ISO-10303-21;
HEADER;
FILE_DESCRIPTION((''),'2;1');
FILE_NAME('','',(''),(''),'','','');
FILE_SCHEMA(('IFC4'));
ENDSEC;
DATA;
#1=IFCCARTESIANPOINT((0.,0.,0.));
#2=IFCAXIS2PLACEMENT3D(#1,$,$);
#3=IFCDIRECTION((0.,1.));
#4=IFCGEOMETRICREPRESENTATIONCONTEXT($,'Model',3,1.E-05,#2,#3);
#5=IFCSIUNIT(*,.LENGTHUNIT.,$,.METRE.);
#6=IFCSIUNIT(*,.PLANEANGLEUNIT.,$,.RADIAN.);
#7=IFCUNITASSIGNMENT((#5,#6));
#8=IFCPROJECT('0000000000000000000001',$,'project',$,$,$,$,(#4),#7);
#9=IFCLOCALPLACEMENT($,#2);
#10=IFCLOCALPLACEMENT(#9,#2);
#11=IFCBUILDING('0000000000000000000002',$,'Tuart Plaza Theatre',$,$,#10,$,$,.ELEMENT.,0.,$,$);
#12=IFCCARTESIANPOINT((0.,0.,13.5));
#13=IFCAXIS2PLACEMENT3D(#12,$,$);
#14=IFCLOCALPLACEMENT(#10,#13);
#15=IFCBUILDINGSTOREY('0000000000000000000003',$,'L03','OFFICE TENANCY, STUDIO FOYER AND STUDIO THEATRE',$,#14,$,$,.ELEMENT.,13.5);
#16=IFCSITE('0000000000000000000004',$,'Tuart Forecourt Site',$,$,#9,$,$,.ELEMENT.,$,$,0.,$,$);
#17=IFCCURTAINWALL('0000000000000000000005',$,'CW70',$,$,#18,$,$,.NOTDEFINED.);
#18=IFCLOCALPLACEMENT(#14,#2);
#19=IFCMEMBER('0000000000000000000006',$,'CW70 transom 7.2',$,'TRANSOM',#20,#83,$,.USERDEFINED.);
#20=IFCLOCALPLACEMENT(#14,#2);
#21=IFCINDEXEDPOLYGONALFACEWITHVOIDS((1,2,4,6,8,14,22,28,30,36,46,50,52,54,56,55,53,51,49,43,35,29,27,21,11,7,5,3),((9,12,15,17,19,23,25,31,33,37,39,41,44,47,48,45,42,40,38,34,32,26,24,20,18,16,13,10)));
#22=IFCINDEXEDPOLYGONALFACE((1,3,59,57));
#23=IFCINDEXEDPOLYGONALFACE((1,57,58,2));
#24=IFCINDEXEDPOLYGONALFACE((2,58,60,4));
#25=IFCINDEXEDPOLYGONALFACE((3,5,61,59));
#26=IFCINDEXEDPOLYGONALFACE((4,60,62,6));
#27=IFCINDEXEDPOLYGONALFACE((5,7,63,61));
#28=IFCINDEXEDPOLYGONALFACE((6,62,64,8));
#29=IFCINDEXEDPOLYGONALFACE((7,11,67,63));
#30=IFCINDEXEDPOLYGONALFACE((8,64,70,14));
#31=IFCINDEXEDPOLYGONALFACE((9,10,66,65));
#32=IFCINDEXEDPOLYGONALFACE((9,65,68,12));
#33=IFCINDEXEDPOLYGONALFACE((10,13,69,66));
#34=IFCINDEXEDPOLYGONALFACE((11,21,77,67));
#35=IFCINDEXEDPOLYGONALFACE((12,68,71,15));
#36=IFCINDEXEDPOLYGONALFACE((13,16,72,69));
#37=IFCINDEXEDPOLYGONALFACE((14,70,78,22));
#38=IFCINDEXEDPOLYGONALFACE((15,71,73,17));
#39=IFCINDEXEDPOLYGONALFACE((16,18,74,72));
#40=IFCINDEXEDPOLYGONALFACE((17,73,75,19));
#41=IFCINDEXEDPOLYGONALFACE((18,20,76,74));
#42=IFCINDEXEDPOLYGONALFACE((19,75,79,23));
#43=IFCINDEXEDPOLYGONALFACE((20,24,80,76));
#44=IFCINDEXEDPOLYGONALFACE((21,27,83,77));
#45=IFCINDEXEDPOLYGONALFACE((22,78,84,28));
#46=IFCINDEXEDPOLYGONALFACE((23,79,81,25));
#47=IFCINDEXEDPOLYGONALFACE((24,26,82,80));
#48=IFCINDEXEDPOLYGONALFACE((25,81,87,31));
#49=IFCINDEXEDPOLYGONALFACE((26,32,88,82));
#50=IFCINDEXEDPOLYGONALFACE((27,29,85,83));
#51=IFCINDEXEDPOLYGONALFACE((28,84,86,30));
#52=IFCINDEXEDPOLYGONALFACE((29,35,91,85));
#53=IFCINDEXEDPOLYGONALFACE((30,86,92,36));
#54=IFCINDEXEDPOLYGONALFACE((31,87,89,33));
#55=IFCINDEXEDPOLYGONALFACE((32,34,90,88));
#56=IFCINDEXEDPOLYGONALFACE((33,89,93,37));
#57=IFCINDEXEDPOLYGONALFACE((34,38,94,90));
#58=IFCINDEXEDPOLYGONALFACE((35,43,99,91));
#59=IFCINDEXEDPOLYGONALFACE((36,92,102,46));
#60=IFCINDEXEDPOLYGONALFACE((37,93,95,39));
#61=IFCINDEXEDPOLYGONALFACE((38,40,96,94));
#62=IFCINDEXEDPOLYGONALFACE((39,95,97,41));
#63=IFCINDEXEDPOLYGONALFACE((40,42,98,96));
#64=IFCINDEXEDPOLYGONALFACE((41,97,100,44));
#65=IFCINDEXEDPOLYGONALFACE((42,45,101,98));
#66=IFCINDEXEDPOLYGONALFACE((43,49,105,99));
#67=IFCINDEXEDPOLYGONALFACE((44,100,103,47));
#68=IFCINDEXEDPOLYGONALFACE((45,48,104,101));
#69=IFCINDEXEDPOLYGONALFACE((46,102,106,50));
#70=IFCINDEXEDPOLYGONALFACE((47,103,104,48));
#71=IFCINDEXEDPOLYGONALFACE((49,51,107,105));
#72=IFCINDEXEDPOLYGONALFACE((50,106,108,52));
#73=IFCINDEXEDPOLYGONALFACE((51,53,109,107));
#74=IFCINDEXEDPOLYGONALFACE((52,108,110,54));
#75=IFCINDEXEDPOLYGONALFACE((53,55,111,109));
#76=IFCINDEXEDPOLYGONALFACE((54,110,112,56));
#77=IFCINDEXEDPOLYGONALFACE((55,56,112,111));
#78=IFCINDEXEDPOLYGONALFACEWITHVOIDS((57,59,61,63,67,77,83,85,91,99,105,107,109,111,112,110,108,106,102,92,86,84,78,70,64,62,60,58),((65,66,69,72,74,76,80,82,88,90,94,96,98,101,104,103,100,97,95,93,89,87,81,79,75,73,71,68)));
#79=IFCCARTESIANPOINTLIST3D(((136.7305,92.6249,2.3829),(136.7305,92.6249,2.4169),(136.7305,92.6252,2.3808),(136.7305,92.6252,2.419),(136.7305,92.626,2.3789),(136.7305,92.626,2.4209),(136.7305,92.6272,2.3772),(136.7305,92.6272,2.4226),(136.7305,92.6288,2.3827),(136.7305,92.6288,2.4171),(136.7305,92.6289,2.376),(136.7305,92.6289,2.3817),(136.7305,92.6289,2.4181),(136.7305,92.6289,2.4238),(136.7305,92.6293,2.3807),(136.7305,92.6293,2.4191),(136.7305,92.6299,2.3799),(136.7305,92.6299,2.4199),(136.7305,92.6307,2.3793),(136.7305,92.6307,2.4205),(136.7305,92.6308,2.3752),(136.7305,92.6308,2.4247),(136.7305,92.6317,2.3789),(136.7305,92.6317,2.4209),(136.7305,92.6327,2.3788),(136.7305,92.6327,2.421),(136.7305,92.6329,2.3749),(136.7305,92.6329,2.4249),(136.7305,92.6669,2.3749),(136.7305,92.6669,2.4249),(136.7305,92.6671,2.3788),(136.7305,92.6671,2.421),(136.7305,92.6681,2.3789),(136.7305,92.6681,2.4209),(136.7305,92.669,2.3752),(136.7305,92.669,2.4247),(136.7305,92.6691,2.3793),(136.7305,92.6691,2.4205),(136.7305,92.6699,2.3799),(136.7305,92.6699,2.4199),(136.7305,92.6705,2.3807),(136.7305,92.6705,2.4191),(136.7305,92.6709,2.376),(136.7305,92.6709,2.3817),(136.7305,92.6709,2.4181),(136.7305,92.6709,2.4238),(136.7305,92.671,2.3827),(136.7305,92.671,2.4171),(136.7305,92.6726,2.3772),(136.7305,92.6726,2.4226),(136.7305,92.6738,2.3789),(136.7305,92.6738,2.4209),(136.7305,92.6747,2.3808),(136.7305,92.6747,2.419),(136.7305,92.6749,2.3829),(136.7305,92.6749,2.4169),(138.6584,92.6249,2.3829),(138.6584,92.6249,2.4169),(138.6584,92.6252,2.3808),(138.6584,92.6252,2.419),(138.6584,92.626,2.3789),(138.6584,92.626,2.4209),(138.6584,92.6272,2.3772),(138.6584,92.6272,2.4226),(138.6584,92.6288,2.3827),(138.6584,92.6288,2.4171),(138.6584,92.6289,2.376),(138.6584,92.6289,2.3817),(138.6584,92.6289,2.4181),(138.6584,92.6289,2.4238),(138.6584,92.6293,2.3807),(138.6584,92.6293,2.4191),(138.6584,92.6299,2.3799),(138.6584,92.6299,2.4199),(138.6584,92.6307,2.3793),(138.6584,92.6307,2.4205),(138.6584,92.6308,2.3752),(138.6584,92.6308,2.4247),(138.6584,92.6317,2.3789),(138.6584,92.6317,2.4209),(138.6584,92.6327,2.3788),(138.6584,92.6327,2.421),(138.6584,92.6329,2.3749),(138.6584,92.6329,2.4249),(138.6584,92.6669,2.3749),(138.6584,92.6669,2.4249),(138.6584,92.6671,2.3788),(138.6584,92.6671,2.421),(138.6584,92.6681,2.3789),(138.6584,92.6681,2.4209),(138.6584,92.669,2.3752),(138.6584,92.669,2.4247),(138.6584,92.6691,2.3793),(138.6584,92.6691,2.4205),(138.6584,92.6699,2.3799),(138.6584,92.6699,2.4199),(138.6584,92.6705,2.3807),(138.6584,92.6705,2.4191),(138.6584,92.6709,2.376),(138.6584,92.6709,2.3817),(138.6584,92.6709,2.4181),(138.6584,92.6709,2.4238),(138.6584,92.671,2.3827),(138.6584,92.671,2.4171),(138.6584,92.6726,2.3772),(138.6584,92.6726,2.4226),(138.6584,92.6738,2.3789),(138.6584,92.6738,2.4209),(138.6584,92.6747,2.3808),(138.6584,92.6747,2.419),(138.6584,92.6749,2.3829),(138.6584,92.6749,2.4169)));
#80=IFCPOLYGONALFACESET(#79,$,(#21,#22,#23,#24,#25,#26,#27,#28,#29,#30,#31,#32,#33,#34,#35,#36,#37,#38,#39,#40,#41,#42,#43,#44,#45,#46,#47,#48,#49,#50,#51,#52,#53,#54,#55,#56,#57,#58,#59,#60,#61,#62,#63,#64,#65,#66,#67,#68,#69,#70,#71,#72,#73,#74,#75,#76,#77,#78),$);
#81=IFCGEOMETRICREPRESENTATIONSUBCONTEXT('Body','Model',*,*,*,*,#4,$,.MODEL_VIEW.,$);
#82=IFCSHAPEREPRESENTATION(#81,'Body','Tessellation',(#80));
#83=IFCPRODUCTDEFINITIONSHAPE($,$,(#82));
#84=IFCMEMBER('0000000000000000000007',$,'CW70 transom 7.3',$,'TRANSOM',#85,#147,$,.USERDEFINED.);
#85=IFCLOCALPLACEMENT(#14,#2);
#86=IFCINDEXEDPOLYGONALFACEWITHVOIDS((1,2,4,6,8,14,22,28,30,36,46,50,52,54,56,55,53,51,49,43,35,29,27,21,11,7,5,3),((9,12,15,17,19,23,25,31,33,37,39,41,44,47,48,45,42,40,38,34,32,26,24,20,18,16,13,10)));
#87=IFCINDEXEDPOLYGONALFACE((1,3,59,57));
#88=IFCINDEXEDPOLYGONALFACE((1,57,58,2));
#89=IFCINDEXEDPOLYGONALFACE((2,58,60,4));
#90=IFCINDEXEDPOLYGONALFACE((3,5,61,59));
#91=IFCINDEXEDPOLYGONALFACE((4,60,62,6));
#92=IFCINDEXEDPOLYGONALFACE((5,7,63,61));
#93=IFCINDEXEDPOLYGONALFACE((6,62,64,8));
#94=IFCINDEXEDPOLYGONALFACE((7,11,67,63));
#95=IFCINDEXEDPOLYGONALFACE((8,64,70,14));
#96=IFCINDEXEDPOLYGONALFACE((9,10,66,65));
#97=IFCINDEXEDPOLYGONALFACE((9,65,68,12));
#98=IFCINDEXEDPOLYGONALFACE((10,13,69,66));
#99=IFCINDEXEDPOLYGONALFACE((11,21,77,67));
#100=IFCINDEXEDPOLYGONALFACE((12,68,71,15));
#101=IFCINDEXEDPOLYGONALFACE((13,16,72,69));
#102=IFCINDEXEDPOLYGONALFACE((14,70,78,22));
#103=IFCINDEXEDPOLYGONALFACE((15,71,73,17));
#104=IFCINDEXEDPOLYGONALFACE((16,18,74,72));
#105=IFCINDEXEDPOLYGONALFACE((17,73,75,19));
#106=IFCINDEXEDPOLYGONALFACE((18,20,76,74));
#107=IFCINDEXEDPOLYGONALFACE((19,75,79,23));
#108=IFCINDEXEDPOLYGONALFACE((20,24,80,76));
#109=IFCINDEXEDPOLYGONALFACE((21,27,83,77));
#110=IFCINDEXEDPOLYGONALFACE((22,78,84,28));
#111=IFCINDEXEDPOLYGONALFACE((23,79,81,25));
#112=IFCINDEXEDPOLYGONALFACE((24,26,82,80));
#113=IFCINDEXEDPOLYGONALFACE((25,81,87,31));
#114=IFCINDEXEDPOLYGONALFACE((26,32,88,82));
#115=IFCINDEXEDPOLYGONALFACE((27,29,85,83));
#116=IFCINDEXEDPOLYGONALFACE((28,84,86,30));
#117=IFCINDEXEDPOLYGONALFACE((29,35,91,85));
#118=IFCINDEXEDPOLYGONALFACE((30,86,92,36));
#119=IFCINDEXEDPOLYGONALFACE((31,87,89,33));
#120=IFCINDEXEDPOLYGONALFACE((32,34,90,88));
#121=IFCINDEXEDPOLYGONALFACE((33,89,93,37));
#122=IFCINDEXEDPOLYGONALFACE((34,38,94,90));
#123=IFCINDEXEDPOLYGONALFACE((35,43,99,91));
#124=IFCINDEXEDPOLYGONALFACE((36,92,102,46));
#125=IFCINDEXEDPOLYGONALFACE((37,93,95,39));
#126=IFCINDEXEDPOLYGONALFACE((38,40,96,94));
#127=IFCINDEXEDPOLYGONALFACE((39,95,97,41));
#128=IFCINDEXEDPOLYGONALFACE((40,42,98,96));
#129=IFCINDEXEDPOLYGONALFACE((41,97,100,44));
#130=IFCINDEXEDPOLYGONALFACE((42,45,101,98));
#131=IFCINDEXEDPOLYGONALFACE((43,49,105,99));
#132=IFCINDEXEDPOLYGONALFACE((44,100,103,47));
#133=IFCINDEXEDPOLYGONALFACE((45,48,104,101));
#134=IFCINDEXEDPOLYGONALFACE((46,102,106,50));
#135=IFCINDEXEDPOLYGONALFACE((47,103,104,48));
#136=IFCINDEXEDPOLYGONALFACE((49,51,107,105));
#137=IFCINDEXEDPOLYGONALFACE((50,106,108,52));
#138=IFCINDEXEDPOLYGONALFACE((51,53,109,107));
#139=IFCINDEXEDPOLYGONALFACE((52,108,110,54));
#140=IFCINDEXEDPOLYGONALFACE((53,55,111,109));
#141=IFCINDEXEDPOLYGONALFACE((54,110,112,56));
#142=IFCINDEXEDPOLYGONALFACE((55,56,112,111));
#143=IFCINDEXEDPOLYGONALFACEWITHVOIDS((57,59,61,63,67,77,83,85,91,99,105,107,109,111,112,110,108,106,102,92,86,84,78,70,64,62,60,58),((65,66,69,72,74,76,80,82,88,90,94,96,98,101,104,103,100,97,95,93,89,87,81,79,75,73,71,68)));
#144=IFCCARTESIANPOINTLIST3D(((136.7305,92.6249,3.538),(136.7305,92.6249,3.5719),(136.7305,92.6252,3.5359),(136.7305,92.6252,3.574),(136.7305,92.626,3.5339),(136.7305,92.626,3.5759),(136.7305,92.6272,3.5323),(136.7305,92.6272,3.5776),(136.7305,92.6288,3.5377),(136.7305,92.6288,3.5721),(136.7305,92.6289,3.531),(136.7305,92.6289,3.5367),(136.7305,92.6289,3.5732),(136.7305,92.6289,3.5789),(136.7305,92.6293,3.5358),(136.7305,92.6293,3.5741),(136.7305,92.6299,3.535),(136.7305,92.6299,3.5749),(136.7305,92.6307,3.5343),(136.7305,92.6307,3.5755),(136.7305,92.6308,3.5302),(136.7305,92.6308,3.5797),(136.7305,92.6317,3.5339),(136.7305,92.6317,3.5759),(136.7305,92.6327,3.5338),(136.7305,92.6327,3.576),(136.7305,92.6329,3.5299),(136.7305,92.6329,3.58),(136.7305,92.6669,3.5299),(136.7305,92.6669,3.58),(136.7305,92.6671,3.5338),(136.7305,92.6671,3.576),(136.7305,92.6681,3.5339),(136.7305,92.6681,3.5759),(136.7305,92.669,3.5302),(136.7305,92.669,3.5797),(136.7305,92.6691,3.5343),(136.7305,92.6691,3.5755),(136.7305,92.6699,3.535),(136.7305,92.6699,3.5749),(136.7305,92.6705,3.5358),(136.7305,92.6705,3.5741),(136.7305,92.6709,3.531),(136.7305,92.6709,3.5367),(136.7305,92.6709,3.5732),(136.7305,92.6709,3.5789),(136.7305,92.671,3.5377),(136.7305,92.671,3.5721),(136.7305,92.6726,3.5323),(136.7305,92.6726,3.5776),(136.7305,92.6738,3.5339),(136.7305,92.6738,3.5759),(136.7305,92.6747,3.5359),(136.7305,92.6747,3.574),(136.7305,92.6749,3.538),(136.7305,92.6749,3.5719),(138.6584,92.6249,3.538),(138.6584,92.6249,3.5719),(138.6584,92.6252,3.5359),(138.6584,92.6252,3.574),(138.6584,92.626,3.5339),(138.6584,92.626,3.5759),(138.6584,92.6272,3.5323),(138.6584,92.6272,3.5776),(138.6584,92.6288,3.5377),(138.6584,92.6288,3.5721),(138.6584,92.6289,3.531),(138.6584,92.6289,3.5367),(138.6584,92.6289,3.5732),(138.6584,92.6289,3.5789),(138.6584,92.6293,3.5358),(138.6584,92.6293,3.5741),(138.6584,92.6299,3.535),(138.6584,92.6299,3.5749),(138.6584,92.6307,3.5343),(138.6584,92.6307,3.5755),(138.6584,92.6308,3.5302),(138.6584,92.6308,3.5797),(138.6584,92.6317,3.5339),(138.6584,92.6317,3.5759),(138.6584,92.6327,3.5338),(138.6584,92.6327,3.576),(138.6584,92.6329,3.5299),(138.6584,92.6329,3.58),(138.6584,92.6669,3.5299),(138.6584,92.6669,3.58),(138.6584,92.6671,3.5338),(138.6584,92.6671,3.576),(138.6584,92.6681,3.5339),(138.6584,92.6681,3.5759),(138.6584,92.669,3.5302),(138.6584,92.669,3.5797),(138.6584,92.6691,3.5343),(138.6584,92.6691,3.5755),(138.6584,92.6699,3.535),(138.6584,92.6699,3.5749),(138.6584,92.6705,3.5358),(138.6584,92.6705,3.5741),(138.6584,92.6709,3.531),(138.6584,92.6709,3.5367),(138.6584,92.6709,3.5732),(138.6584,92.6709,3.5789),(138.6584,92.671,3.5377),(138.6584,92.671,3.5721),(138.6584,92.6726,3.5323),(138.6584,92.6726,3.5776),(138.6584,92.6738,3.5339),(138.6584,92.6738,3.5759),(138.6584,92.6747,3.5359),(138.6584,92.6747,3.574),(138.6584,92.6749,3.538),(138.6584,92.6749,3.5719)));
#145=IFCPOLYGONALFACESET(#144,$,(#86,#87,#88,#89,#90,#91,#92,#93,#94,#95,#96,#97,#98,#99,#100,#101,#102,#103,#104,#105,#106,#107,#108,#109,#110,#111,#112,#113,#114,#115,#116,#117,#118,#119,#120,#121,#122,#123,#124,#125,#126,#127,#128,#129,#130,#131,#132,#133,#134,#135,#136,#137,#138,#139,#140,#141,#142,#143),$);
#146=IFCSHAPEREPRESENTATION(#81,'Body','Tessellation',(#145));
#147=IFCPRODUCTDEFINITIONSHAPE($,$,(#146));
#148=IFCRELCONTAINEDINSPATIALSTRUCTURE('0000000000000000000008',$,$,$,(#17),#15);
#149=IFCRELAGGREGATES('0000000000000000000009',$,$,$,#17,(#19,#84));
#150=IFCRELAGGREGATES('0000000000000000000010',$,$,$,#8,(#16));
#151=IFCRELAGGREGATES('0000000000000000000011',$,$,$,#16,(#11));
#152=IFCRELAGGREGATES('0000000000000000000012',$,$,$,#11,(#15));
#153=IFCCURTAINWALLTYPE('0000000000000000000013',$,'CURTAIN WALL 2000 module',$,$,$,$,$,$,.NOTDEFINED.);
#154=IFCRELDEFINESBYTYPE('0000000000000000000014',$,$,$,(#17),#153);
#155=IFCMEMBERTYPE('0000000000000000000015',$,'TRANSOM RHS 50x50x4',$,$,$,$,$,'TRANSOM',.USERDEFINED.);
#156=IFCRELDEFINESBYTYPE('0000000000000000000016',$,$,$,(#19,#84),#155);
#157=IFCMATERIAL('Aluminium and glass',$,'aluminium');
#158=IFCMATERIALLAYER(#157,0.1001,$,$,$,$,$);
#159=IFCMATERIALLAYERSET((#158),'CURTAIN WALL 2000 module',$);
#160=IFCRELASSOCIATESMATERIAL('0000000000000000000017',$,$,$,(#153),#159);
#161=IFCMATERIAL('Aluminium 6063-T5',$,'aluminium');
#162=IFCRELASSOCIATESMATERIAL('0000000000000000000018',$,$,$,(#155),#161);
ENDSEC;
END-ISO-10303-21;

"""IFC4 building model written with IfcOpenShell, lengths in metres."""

from ifc_helpers import new_model, si_unit, direction, frame, origin, origin_2d, place, context, subcontext, project, spatial, hollow_rectangle, extrude, material, layer, layer_set, material_profile, profile_set, type_object, element, aggregate, save


model = new_model("IFC4")

# Units and contexts
model_context = context("Model", 3, precision=1e-05, world=origin(), true_north=direction((0.0, 1.0)))
body_context = subcontext(model_context, "Body", "Model", "MODEL_VIEW")
ifc_project = project(units=[si_unit("LENGTHUNIT", "METRE"), si_unit("PLANEANGLEUNIT", "RADIAN")], contexts=[model_context])

# Site, building, storey
site_placement = place(None, origin())
site = spatial("IfcSite", under=ifc_project, at=site_placement, Name="Tuart Forecourt Site", CompositionType="ELEMENT", RefElevation=0.0)
building_placement = place(site_placement, origin())
building = spatial("IfcBuilding", under=site, at=building_placement, Name="Tuart Plaza Theatre", CompositionType="ELEMENT", ElevationOfRefHeight=0.0)
storey_placement = place(building_placement, frame((0.0, 0.0, 13.5)))
storey = spatial("IfcBuildingStorey", under=building, at=storey_placement, Name="L03", Description="OFFICE TENANCY, STUDIO FOYER AND STUDIO THEATRE", CompositionType="ELEMENT", Elevation=13.5)

# Curtain wall, members
ifc_material_1 = material(Name="Aluminium and glass", Category="aluminium")
ifc_layer_1 = layer(ifc_material_1, 0.1001)
ifc_layer_set_1 = layer_set([ifc_layer_1], Name="CURTAIN WALL 2000 module")
curtain_wall_type = type_object("IfcCurtainWallType", Name="CURTAIN WALL 2000 module", PredefinedType="NOTDEFINED", material=ifc_layer_set_1)
curtain_wall_placement = place(storey_placement, origin())
curtain_wall = element("IfcCurtainWall", 1, at=curtain_wall_placement, inside=storey, type_object=curtain_wall_type, Name="CW70", PredefinedType="NOTDEFINED")
ifc_material_2 = material(Name="Aluminium 6063-T5", Category="aluminium")
ifc_material_profile_1 = material_profile(ifc_material_2, hollow_rectangle(XDim=0.05, YDim=0.05, WallThickness=0.0039, InnerFilletRadius=0.0039, OuterFilletRadius=0.0081, at=origin_2d()), Name="RHS 50x50x4")
ifc_profile_set_1 = profile_set([ifc_material_profile_1], Name="Aluminium 6063-T5")
member_type_1 = type_object("IfcMemberType", Name="TRANSOM RHS 50x50x4", ElementType="TRANSOM", PredefinedType="USERDEFINED", material=ifc_profile_set_1)
member_1_placement = place(storey_placement, frame((138.6584, 92.6499, 2.3999), z_axis=(-1.0, 0.0, 0.0), x_axis=(0.0, -1.0, 0.0)))
member_1 = element("IfcMember", 2, at=member_1_placement, type_object=member_type_1, Name="CW70 transom 7.2", ObjectType="TRANSOM", PredefinedType="USERDEFINED", context=body_context, shape_type="SweptSolid", body=[
    extrude(hollow_rectangle(XDim=0.05, YDim=0.05, WallThickness=0.0039, InnerFilletRadius=0.0039, OuterFilletRadius=0.0081, at=origin_2d()), origin(), (0.0, 0.0, 1.0), 1.928),
])
member_2_placement = place(storey_placement, frame((138.6584, 92.6499, 3.5549), z_axis=(-1.0, 0.0, 0.0), x_axis=(0.0, -1.0, 0.0)))
member_2 = element("IfcMember", 3, at=member_2_placement, type_object=member_type_1, Name="CW70 transom 7.3", ObjectType="TRANSOM", PredefinedType="USERDEFINED", context=body_context, shape_type="SweptSolid", body=[
    extrude(hollow_rectangle(XDim=0.05, YDim=0.05, WallThickness=0.0039, InnerFilletRadius=0.0039, OuterFilletRadius=0.0081, at=origin_2d()), origin(), (0.0, 0.0, 1.0), 1.928),
])
aggregate(curtain_wall, [member_1, member_2])

save(model, "model.ifc")
